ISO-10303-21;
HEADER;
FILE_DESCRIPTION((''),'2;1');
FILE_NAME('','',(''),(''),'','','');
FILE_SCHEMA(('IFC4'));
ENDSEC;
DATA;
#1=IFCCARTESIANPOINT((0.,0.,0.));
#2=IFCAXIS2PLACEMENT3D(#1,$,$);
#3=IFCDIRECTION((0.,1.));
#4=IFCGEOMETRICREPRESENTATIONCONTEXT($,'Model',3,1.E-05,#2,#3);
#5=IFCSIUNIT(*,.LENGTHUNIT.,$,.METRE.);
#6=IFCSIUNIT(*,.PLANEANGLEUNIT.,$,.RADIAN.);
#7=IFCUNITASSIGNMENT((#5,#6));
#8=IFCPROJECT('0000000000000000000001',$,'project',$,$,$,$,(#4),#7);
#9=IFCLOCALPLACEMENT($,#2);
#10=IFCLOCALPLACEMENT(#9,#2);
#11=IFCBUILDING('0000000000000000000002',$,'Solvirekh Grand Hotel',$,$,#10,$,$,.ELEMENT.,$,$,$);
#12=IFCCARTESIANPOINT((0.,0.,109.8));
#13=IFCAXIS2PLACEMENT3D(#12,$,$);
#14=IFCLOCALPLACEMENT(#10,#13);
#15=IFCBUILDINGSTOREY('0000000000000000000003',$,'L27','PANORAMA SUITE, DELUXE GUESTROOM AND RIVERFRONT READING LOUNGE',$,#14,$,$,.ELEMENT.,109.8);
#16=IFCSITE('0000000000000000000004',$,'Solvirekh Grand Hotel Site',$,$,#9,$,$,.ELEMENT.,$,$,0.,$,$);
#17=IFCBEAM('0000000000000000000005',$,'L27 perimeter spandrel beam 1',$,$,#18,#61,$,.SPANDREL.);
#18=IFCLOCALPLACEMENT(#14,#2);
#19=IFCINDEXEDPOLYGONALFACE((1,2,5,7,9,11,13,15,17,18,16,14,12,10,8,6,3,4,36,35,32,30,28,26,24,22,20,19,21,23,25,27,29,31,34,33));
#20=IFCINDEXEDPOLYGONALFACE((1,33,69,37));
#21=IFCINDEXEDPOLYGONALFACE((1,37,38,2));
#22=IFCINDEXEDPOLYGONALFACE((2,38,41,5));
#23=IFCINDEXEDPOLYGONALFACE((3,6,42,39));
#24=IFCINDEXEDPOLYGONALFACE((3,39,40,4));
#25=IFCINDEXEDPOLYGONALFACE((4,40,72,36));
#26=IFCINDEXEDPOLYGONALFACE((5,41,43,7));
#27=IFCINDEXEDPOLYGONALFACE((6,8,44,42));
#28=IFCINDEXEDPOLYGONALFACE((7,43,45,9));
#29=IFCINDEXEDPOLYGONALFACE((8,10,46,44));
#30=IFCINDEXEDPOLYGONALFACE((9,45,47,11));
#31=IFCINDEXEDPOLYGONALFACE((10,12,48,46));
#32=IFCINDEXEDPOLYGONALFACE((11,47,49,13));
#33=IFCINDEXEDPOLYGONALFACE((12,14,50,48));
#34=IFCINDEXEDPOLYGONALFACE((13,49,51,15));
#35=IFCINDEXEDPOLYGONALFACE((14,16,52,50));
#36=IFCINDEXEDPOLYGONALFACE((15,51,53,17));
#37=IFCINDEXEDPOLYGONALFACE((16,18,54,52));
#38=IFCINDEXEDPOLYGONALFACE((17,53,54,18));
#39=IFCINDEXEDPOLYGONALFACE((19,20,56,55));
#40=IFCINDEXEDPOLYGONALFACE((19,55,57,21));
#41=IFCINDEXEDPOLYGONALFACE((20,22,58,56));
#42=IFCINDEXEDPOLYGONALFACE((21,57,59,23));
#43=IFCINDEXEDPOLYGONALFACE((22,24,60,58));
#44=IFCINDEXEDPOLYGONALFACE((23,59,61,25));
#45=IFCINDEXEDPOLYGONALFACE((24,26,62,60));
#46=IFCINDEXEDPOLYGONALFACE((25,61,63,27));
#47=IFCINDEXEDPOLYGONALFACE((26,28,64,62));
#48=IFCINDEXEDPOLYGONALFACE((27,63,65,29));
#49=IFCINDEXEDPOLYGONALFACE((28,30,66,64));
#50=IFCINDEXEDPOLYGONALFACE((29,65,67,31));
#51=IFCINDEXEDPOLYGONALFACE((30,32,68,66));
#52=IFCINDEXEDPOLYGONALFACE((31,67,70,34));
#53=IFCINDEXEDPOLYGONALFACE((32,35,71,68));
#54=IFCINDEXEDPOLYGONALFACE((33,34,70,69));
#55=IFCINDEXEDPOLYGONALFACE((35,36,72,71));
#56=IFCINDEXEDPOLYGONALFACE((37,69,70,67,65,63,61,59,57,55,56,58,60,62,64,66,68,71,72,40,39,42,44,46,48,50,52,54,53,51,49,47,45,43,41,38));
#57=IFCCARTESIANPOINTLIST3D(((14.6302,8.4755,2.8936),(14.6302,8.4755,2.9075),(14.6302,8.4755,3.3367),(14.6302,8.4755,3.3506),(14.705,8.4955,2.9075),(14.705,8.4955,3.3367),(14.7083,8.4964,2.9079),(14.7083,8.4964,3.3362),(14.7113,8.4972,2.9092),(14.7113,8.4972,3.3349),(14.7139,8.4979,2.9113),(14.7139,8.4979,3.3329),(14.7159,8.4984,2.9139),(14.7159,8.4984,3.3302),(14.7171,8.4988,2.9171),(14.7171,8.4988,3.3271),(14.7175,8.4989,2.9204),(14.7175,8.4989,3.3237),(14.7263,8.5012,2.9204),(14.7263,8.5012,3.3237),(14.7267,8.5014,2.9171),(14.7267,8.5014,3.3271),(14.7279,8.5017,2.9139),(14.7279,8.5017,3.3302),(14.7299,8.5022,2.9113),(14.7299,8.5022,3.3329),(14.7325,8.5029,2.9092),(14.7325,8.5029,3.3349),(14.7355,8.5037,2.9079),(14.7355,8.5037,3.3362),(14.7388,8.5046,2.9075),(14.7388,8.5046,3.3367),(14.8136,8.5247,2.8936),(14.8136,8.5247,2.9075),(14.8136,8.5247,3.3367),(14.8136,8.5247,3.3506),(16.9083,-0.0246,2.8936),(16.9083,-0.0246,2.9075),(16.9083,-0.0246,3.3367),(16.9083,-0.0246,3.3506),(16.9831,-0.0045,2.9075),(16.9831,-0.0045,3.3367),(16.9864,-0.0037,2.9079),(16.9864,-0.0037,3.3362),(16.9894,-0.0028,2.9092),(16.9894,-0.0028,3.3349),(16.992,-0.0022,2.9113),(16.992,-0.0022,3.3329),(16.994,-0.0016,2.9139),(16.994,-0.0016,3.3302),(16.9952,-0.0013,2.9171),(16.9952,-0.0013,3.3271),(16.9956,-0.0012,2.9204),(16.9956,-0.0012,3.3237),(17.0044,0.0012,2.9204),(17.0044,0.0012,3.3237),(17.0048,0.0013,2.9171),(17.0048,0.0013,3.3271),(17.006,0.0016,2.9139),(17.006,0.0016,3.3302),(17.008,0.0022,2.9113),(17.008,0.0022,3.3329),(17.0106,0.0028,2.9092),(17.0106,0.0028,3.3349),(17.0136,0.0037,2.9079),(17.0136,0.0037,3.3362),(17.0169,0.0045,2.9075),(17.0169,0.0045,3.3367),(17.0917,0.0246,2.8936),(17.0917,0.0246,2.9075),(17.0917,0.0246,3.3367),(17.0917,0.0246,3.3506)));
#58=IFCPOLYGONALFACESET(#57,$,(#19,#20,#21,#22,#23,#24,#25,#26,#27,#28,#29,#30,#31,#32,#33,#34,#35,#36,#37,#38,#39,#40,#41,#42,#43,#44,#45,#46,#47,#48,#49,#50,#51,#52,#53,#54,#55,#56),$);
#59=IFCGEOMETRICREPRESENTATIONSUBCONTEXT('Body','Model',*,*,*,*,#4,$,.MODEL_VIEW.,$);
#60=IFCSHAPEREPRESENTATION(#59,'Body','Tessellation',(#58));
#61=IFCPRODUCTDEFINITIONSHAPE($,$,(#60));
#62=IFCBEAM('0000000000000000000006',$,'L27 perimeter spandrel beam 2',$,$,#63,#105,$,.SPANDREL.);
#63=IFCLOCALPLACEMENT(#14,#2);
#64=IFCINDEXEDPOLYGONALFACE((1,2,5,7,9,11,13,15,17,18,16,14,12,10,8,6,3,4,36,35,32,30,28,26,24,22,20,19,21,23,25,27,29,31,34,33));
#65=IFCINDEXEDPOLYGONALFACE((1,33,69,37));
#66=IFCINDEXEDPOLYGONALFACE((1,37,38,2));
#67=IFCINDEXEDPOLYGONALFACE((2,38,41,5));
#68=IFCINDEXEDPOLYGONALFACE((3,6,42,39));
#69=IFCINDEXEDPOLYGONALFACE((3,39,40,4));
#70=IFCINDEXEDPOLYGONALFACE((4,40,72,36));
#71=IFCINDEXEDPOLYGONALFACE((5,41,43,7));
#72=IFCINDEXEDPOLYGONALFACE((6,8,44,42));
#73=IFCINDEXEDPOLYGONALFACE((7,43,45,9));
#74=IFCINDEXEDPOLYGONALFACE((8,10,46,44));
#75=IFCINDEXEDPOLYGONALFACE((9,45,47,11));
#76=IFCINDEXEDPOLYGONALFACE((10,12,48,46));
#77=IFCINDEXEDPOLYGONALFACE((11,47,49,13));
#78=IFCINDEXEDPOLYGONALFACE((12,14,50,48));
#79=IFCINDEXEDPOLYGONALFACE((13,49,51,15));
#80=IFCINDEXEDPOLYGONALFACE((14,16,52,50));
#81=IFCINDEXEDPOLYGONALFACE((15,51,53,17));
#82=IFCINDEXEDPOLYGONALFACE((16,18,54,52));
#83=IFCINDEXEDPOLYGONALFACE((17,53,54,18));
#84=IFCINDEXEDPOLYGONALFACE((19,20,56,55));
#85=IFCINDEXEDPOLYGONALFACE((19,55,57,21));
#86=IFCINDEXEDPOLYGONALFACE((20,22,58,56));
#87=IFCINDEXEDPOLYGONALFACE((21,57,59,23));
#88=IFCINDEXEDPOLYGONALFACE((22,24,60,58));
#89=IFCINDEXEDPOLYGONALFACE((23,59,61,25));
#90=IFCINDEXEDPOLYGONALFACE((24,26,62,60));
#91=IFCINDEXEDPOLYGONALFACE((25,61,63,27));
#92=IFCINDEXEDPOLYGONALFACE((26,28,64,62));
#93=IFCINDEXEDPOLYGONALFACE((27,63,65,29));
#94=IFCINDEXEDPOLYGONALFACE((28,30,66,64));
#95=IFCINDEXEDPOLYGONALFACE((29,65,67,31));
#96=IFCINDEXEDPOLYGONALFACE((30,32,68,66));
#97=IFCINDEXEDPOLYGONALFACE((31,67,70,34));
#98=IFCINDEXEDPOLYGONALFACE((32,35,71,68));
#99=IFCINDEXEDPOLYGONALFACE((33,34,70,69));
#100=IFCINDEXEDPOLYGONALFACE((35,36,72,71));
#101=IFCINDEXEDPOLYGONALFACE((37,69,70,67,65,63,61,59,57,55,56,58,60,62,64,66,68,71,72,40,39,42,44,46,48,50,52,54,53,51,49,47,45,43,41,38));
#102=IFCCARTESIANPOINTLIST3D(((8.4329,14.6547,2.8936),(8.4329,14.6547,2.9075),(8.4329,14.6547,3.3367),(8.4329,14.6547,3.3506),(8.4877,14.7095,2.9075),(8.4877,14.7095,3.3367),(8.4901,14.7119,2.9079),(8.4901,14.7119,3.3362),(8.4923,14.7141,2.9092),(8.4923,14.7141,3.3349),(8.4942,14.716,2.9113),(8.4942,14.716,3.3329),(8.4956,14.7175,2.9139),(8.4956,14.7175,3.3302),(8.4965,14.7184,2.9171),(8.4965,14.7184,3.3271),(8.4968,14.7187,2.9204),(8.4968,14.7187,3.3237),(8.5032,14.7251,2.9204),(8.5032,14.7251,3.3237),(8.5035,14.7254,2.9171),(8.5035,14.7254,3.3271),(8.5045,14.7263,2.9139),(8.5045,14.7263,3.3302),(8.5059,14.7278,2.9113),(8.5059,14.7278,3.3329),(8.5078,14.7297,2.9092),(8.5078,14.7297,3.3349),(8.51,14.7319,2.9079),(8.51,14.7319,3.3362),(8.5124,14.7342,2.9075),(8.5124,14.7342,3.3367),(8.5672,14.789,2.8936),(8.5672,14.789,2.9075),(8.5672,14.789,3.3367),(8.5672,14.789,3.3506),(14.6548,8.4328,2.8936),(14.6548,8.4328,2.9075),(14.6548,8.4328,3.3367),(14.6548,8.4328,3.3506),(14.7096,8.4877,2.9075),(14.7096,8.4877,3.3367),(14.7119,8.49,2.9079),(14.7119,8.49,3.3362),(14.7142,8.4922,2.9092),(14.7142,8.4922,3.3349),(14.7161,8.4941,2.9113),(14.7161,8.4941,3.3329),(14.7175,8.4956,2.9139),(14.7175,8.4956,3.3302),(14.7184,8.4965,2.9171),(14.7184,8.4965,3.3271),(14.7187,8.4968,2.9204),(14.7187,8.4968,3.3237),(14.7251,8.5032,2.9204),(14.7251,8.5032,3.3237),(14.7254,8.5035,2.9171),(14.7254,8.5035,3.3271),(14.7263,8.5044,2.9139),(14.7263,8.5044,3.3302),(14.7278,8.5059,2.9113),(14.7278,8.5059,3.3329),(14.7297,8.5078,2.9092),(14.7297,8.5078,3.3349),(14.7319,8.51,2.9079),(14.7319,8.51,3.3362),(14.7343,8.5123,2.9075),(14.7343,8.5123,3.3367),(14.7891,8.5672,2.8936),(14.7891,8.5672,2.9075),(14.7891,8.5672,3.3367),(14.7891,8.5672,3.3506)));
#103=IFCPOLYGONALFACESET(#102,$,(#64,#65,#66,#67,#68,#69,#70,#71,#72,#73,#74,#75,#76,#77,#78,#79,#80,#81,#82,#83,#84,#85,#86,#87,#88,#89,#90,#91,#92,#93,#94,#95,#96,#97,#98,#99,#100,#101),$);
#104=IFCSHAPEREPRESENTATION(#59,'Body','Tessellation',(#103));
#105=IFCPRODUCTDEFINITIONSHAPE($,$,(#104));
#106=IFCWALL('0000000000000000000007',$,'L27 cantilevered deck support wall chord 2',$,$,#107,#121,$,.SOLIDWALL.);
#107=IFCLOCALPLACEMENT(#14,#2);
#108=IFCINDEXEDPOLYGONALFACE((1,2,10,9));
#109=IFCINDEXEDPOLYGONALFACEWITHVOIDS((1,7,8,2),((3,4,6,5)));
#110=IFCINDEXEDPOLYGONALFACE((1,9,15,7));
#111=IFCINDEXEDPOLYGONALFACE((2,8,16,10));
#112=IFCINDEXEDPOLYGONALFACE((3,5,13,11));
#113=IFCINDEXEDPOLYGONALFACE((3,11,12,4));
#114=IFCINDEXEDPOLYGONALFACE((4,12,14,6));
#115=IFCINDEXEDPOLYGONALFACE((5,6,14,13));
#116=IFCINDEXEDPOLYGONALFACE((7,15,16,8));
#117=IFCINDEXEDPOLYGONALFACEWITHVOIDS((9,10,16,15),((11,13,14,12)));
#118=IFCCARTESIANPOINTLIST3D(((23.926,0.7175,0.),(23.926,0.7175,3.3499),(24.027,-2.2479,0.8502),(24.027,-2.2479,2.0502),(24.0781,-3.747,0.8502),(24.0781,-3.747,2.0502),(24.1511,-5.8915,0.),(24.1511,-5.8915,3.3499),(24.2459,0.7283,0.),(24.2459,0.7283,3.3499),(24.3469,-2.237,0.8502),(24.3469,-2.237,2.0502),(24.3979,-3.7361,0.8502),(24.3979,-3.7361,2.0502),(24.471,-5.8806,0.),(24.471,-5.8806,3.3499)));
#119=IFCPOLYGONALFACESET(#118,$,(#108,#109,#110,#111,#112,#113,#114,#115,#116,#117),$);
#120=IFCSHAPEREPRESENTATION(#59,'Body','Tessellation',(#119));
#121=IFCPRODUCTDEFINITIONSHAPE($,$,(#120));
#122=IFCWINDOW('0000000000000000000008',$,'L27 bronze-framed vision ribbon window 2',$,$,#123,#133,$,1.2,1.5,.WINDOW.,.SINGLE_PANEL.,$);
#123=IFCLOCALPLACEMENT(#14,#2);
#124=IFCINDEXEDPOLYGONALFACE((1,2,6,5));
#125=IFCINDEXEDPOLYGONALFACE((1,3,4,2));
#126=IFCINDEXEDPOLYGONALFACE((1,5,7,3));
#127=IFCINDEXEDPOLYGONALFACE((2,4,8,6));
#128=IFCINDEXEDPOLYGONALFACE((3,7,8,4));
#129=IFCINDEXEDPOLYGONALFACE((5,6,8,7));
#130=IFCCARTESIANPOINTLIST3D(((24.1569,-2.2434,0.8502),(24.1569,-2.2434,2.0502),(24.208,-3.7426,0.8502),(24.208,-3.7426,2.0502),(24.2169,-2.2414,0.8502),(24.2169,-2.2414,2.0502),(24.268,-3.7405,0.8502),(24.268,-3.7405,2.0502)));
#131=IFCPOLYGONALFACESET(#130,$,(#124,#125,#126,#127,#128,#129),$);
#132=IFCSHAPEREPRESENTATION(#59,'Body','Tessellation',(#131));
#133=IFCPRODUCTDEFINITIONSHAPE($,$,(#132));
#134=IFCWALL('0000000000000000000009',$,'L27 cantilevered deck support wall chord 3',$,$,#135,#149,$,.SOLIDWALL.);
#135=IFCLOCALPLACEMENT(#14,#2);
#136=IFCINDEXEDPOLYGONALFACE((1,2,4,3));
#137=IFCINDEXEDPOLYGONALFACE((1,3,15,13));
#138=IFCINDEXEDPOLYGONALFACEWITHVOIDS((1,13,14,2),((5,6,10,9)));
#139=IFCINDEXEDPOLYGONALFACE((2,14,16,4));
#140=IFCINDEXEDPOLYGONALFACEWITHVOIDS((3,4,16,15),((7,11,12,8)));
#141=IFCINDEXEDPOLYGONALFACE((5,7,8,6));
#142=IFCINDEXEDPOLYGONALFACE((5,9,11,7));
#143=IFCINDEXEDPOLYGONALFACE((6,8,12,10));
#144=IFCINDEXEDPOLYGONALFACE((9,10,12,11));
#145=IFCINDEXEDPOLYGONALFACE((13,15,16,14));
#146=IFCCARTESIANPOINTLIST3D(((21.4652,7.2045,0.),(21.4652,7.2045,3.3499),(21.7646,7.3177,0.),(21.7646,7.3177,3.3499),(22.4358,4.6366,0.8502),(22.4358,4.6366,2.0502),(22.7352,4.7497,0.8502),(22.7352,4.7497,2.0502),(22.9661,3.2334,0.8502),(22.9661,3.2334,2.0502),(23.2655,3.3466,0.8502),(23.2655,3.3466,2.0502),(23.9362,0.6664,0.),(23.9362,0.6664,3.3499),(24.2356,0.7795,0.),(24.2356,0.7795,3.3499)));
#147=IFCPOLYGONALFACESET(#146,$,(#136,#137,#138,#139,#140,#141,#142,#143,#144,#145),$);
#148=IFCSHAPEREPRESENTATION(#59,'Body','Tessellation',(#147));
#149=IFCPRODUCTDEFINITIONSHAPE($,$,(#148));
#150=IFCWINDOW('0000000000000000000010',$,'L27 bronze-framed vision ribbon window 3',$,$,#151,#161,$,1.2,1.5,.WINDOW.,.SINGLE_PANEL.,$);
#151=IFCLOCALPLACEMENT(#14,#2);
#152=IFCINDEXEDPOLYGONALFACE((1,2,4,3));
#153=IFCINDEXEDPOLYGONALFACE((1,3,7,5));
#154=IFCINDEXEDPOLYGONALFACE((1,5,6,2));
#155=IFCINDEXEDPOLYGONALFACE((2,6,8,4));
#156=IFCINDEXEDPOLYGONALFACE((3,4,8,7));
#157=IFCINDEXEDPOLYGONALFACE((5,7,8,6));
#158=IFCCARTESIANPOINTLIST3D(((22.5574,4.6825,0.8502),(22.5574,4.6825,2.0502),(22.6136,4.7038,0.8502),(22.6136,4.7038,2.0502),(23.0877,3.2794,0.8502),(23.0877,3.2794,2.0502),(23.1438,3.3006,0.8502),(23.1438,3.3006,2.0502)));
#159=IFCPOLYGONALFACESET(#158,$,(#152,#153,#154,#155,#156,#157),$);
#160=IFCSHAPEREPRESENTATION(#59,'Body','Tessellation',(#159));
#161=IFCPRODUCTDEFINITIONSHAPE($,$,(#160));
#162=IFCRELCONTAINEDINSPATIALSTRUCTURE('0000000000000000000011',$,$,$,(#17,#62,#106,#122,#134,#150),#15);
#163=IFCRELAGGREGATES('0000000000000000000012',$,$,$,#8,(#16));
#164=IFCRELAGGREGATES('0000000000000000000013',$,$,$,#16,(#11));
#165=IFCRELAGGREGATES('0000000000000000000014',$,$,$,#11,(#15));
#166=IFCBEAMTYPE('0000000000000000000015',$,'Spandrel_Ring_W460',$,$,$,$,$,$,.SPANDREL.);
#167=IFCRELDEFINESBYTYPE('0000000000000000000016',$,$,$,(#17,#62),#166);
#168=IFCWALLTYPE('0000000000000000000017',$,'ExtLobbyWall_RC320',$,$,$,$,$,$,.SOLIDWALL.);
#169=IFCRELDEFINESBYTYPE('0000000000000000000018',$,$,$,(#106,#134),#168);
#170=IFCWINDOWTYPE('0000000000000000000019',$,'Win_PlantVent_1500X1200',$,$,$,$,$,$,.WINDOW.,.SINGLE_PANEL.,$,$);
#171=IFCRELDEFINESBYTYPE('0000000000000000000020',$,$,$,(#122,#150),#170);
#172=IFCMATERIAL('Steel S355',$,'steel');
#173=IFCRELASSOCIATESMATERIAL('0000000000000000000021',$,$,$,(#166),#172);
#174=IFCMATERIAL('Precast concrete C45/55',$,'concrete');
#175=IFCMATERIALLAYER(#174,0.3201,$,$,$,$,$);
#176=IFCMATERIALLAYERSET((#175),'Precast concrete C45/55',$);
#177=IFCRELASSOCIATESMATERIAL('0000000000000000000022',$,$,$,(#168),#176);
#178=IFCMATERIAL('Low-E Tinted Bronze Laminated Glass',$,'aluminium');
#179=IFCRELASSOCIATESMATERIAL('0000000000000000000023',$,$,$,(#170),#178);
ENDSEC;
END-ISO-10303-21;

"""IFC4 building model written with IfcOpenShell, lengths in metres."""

from ifc_helpers import new_model, si_unit, direction, frame, frame_2d, origin, origin_2d, place, context, subcontext, project, spatial, rectangle, i_section, extrude, material, layer, layer_set, material_profile, profile_set, type_object, element, fill, save


model = new_model("IFC4")

# Units and contexts
model_context = context("Model", 3, precision=1e-05, world=origin(), true_north=direction((0.0, 1.0)))
body_context = subcontext(model_context, "Body", "Model", "MODEL_VIEW")
ifc_project = project(units=[si_unit("LENGTHUNIT", "METRE"), si_unit("PLANEANGLEUNIT", "RADIAN")], contexts=[model_context])

# Site, building, storey
site_placement = place(None, origin())
site = spatial("IfcSite", under=ifc_project, at=site_placement, Name="Solvirekh Grand Hotel Site", CompositionType="ELEMENT", RefElevation=0.0)
building_placement = place(site_placement, origin())
building = spatial("IfcBuilding", under=site, at=building_placement, Name="Solvirekh Grand Hotel", CompositionType="ELEMENT")
storey_placement = place(building_placement, frame((0.0, 0.0, 109.8)))
storey = spatial("IfcBuildingStorey", under=building, at=storey_placement, Name="L27", Description="PANORAMA SUITE, DELUXE GUESTROOM AND RIVERFRONT READING LOUNGE", CompositionType="ELEMENT", Elevation=109.8)

# Beams
ifc_material_1 = material(Name="Steel S355", Category="steel")
ifc_material_profile_1 = material_profile(ifc_material_1, i_section(OverallWidth=0.1899, OverallDepth=0.457, WebThickness=0.009, FlangeThickness=0.0139, FilletRadius=0.0129, at=origin_2d()), Name="W460X74")
ifc_profile_set_1 = profile_set([ifc_material_profile_1], Name="Steel S355")
beam_type_1 = type_object("IfcBeamType", Name="Spandrel_Ring_W460", PredefinedType="SPANDREL", material=ifc_profile_set_1)
beam_1_placement = place(storey_placement, frame((17.0, 0.0, 3.1221), z_axis=(-0.258873, 0.965911, 0.0), x_axis=(-0.965911, -0.258873, 0.0)))
element("IfcBeam", 1, at=beam_1_placement, inside=storey, type_object=beam_type_1, Name="L27 perimeter spandrel beam 1", PredefinedType="SPANDREL", context=body_context, shape_type="SweptSolid", body=[
    extrude(i_section(OverallWidth=0.1899, OverallDepth=0.457, WebThickness=0.009, FlangeThickness=0.0139, FilletRadius=0.0129, at=origin_2d()), origin(), (0.0, 0.0, 1.0), 8.8),
])
beam_2_placement = place(storey_placement, frame((14.7219, 8.5, 3.1221), z_axis=(-0.707107, 0.707107, 0.0), x_axis=(-0.707107, -0.707107, 0.0)))
element("IfcBeam", 2, at=beam_2_placement, inside=storey, type_object=beam_type_1, Name="L27 perimeter spandrel beam 2", PredefinedType="SPANDREL", context=body_context, shape_type="SweptSolid", body=[
    extrude(i_section(OverallWidth=0.1899, OverallDepth=0.457, WebThickness=0.009, FlangeThickness=0.0139, FilletRadius=0.0129, at=origin_2d()), origin(), (0.0, 0.0, 1.0), 8.7991),
])

# Walls, openings, windows
ifc_material_2 = material(Name="Precast concrete C45/55", Category="concrete")
ifc_layer_1 = layer(ifc_material_2, 0.3201)
ifc_layer_set_1 = layer_set([ifc_layer_1], Name="Precast concrete C45/55")
wall_type_1 = type_object("IfcWallType", Name="ExtLobbyWall_RC320", PredefinedType="SOLIDWALL", material=ifc_layer_set_1)
wall_1_placement = place(storey_placement, frame((24.0859, 0.7229, 0.0), z_axis=(0.0, 0.0, 1.0), x_axis=(0.03404, -0.99942, 0.0)))
wall_1 = element("IfcWall", 3, at=wall_1_placement, inside=storey, type_object=wall_type_1, Name="L27 cantilevered deck support wall chord 2", PredefinedType="SOLIDWALL", context=body_context, shape_type="SweptSolid", body=[
    extrude(rectangle(XDim=6.6128, YDim=0.3201, at=frame_2d((3.3064, 0.0))), origin(), (0.0, 0.0, 1.0), 3.3499),
])
opening_1_placement = place(wall_1_placement, frame((2.967, 0.0, 0.8501)))
opening_1 = element("IfcOpeningElement", 4, at=opening_1_placement, cuts=wall_1, PredefinedType="OPENING", context=body_context, shape_type="SweptSolid", body=[
    extrude(rectangle(XDim=1.5, YDim=1.2, at=frame_2d((0.75, 0.6001))), frame((0.0, 0.1699, 0.0), z_axis=(0.0, -1.0, 0.0), x_axis=(1.0, 0.0, 0.0)), (0.0, 0.0, 1.0), 0.3401),
])
ifc_material_3 = material(Name="Low-E Tinted Bronze Laminated Glass", Category="aluminium")
window_type = type_object("IfcWindowType", Name="Win_PlantVent_1500X1200", PartitioningType="SINGLE_PANEL", PredefinedType="WINDOW", material=ifc_material_3)
window_1_placement = place(opening_1_placement, origin())
window_1 = element("IfcWindow", 5, at=window_1_placement, inside=storey, type_object=window_type, Name="L27 bronze-framed vision ribbon window 2", OverallHeight=1.2, OverallWidth=1.5, PartitioningType="SINGLE_PANEL", PredefinedType="WINDOW", context=body_context, shape_type="SweptSolid", body=[
    extrude(rectangle(XDim=1.5, YDim=1.2, at=frame_2d((0.75, 0.6001))), frame((0.0, 0.03, 0.0), z_axis=(0.0, -1.0, 0.0), x_axis=(1.0, 0.0, 0.0)), (0.0, 0.0, 1.0), 0.0601),
])
fill(opening_1, window_1)
wall_2_placement = place(storey_placement, frame((21.615, 7.261, 0.0), z_axis=(0.0, 0.0, 1.0), x_axis=(0.353526, -0.935425, 0.0)))
wall_2 = element("IfcWall", 6, at=wall_2_placement, inside=storey, type_object=wall_type_1, Name="L27 cantilevered deck support wall chord 3", PredefinedType="SOLIDWALL", context=body_context, shape_type="SweptSolid", body=[
    extrude(rectangle(XDim=6.9895, YDim=0.3201, at=frame_2d((3.4946, 0.0))), origin(), (0.0, 0.0, 1.0), 3.3499),
])
opening_2_placement = place(wall_2_placement, frame((2.7451, 0.0, 0.8501)))
opening_2 = element("IfcOpeningElement", 7, at=opening_2_placement, cuts=wall_2, PredefinedType="OPENING", context=body_context, shape_type="SweptSolid", body=[
    extrude(rectangle(XDim=1.5, YDim=1.2, at=frame_2d((0.75, 0.6001))), frame((0.0, 0.1699, 0.0), z_axis=(0.0, -1.0, 0.0), x_axis=(1.0, 0.0, 0.0)), (0.0, 0.0, 1.0), 0.3401),
])
window_2_placement = place(opening_2_placement, origin())
window_2 = element("IfcWindow", 8, at=window_2_placement, inside=storey, type_object=window_type, Name="L27 bronze-framed vision ribbon window 3", OverallHeight=1.2, OverallWidth=1.5, PartitioningType="SINGLE_PANEL", PredefinedType="WINDOW", context=body_context, shape_type="SweptSolid", body=[
    extrude(rectangle(XDim=1.5, YDim=1.2, at=frame_2d((0.75, 0.6001))), frame((0.0, 0.03, 0.0), z_axis=(0.0, -1.0, 0.0), x_axis=(1.0, 0.0, 0.0)), (0.0, 0.0, 1.0), 0.0601),
])
fill(opening_2, window_2)

save(model, "model.ifc")
